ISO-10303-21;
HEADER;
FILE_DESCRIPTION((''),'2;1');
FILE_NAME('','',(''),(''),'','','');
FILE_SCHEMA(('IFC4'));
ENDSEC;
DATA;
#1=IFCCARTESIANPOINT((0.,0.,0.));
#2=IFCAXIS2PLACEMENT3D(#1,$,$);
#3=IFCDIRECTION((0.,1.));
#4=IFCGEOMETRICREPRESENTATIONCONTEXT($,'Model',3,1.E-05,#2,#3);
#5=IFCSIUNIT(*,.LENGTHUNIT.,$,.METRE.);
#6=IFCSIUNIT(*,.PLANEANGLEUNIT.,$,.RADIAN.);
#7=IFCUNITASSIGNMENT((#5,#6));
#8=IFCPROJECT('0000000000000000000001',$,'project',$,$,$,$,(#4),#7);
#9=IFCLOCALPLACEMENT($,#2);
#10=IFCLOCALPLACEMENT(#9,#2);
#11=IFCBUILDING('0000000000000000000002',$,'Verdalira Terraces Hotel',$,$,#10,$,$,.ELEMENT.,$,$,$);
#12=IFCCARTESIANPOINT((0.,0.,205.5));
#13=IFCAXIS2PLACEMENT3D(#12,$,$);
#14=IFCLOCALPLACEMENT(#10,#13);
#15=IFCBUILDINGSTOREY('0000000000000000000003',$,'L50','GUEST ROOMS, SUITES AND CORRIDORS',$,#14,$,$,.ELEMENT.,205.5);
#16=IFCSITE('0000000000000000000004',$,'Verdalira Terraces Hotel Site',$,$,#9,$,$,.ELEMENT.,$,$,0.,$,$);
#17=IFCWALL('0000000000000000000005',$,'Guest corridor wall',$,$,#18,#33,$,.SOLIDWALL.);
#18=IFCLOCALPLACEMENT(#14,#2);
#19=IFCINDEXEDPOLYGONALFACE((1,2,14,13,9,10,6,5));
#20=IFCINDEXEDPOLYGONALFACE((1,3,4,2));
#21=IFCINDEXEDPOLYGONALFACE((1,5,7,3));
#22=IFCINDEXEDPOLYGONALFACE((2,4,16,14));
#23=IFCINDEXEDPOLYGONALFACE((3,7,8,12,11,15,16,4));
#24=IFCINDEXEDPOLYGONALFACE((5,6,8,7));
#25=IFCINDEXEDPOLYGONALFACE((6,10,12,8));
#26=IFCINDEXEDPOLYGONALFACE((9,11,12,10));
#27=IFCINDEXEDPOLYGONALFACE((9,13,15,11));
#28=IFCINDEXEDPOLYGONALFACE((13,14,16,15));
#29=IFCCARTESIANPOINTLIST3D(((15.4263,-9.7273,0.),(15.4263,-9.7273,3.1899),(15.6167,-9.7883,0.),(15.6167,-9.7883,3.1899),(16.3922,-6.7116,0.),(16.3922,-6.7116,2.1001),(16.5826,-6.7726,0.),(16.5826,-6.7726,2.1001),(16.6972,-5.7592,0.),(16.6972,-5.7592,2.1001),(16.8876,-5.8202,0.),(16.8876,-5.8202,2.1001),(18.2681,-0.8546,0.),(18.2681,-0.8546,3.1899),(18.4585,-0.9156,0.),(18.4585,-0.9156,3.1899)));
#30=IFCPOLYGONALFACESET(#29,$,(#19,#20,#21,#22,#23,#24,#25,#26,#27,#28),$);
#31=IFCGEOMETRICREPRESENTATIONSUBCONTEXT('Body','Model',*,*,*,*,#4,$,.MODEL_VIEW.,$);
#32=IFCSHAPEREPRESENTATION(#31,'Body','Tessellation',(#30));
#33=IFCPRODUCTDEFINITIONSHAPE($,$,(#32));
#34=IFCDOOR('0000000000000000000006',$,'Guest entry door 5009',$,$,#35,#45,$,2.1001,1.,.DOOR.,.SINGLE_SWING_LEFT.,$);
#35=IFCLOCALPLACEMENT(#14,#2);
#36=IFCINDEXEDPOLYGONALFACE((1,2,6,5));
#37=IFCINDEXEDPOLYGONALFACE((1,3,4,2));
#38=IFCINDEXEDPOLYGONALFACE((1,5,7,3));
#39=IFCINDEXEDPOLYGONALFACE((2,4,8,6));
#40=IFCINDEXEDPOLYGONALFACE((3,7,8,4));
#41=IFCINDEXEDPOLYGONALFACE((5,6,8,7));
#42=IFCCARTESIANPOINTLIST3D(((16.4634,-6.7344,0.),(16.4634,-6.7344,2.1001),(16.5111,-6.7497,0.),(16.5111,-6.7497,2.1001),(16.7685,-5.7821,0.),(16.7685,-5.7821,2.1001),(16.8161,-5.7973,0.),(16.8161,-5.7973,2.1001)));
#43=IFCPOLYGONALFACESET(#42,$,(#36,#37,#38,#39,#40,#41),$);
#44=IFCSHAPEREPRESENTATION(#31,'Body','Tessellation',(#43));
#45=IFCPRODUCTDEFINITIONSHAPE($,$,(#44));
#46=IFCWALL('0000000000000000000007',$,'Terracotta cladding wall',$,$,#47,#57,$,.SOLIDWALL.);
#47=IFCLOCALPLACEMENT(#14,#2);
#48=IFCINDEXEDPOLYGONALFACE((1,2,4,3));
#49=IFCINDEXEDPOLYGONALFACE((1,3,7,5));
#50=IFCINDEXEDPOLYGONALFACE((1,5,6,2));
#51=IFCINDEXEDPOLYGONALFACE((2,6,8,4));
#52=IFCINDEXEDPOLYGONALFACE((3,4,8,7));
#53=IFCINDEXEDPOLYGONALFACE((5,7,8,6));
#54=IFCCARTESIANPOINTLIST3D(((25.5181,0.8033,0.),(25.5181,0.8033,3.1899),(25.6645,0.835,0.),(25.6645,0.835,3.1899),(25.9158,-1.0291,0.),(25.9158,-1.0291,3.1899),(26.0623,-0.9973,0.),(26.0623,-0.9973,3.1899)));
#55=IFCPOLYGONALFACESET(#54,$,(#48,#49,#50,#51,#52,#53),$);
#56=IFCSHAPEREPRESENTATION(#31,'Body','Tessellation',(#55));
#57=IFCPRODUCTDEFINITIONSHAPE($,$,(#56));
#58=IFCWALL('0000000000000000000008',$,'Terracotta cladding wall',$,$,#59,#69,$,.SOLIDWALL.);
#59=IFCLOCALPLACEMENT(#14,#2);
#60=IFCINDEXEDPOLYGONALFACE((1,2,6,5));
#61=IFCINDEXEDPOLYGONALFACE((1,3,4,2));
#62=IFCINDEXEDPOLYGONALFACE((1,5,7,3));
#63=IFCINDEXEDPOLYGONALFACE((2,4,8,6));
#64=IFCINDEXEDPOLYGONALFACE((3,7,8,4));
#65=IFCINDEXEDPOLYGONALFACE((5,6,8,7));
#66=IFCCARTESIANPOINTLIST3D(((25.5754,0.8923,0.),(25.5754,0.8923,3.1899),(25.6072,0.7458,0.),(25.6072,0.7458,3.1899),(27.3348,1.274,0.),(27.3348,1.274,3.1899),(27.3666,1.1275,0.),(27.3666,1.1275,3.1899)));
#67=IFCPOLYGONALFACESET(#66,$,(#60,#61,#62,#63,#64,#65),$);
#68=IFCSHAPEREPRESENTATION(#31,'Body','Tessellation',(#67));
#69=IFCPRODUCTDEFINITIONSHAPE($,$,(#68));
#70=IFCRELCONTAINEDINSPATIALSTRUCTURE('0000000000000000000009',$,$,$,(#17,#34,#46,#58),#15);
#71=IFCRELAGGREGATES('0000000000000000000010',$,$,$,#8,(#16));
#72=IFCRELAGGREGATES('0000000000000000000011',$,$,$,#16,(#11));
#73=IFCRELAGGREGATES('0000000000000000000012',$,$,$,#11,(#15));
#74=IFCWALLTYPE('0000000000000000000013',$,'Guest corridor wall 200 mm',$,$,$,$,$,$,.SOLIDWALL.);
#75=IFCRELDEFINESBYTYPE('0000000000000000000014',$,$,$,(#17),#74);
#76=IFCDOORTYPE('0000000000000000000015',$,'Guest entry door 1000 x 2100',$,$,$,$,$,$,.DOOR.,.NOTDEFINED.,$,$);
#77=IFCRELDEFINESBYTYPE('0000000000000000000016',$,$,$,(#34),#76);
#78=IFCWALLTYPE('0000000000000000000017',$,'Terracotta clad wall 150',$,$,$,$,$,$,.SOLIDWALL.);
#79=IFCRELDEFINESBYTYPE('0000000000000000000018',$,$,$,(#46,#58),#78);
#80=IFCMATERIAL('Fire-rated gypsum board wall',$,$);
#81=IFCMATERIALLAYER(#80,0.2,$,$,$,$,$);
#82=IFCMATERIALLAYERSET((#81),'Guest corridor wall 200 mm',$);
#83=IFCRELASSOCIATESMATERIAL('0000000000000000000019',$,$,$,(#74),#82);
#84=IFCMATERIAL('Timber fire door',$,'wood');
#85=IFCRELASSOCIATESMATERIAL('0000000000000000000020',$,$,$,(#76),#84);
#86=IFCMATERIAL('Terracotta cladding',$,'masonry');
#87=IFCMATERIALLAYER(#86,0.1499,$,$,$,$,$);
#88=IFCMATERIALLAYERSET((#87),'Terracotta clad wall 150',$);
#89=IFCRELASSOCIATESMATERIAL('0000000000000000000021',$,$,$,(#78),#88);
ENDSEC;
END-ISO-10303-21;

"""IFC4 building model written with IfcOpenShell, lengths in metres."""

from ifc_helpers import new_model, si_unit, direction, frame, frame_2d, origin, place, context, subcontext, project, spatial, rectangle, extrude, material, layer, layer_set, type_object, element, fill, save


model = new_model("IFC4")

# Units and contexts
model_context = context("Model", 3, precision=1e-05, world=origin(), true_north=direction((0.0, 1.0)))
body_context = subcontext(model_context, "Body", "Model", "MODEL_VIEW")
ifc_project = project(units=[si_unit("LENGTHUNIT", "METRE"), si_unit("PLANEANGLEUNIT", "RADIAN")], contexts=[model_context])

# Site, building, storey
site_placement = place(None, origin())
site = spatial("IfcSite", under=ifc_project, at=site_placement, Name="Verdalira Terraces Hotel Site", CompositionType="ELEMENT", RefElevation=0.0)
building_placement = place(site_placement, origin())
building = spatial("IfcBuilding", under=site, at=building_placement, Name="Verdalira Terraces Hotel", CompositionType="ELEMENT")
storey_placement = place(building_placement, frame((0.0, 0.0, 205.5)))
storey = spatial("IfcBuildingStorey", under=building, at=storey_placement, Name="L50", Description="GUEST ROOMS, SUITES AND CORRIDORS", CompositionType="ELEMENT", Elevation=205.5)

# Wall, opening, door
ifc_material_1 = material(Name="Fire-rated gypsum board wall")
ifc_layer_1 = layer(ifc_material_1, 0.2)
ifc_layer_set_1 = layer_set([ifc_layer_1], Name="Guest corridor wall 200 mm")
wall_type_1 = type_object("IfcWallType", Name="Guest corridor wall 200 mm", PredefinedType="SOLIDWALL", material=ifc_layer_set_1)
ifc_material_2 = material(Name="Timber fire door", Category="wood")
door_type_1 = type_object("IfcDoorType", Name="Guest entry door 1000 x 2100", OperationType="NOTDEFINED", PredefinedType="DOOR", material=ifc_material_2)
wall_1_placement = place(storey_placement, frame((18.3633, -0.8853, 0.0), z_axis=(0.0, 0.0, 1.0), x_axis=(-0.305027, -0.952344, 0.0)))
wall_1 = element("IfcWall", 1, at=wall_1_placement, inside=storey, type_object=wall_type_1, Name="Guest corridor wall", PredefinedType="SOLIDWALL", context=body_context, shape_type="SweptSolid", body=[
    extrude(rectangle(XDim=9.3166, YDim=0.2, at=frame_2d((4.6582, 0.0))), origin(), (0.0, 0.0, 1.0), 3.1899),
])
opening_1_placement = place(wall_1_placement, frame((5.1499, 0.0, 0.0)))
opening_1 = element("IfcOpeningElement", 2, at=opening_1_placement, cuts=wall_1, PredefinedType="OPENING", context=body_context, shape_type="SweptSolid", body=[
    extrude(rectangle(XDim=1.0, YDim=2.1001, at=frame_2d((0.5, 1.05))), frame((0.0, 0.1099, 0.0), z_axis=(0.0, -1.0, 0.0), x_axis=(1.0, 0.0, 0.0)), (0.0, 0.0, 1.0), 0.22),
])
door_1_placement = place(opening_1_placement, origin())
door_1 = element("IfcDoor", 3, at=door_1_placement, inside=storey, type_object=door_type_1, Name="Guest entry door 5009", OperationType="SINGLE_SWING_LEFT", OverallHeight=2.1001, OverallWidth=1.0, PredefinedType="DOOR", context=body_context, shape_type="SweptSolid", body=[
    extrude(rectangle(XDim=1.0, YDim=2.1001, at=frame_2d((0.5, 1.05))), frame((0.0, 0.0249, 0.0), z_axis=(0.0, -1.0, 0.0), x_axis=(1.0, 0.0, 0.0)), (0.0, 0.0, 1.0), 0.05),
])
fill(opening_1, door_1)

# Walls
ifc_material_3 = material(Name="Terracotta cladding", Category="masonry")
ifc_layer_2 = layer(ifc_material_3, 0.1499)
ifc_layer_set_2 = layer_set([ifc_layer_2], Name="Terracotta clad wall 150")
wall_type_2 = type_object("IfcWallType", Name="Terracotta clad wall 150", PredefinedType="SOLIDWALL", material=ifc_layer_set_2)
wall_2_placement = place(storey_placement, frame((25.989, -1.0132, 0.0), z_axis=(0.0, 0.0, 1.0), x_axis=(-0.212116, 0.977244, 0.0)))
element("IfcWall", 4, at=wall_2_placement, inside=storey, type_object=wall_type_2, Name="Terracotta cladding wall", PredefinedType="SOLIDWALL", context=body_context, shape_type="SweptSolid", body=[
    extrude(rectangle(XDim=1.875, YDim=0.1499, at=frame_2d((0.9375, 0.0))), origin(), (0.0, 0.0, 1.0), 3.1899),
])
wall_3_placement = place(storey_placement, frame((25.5913, 0.8191, 0.0), z_axis=(0.0, 0.0, 1.0), x_axis=(0.977275, 0.211974, 0.0)))
element("IfcWall", 5, at=wall_3_placement, inside=storey, type_object=wall_type_2, Name="Terracotta cladding wall", PredefinedType="SOLIDWALL", context=body_context, shape_type="SweptSolid", body=[
    extrude(rectangle(XDim=1.8003, YDim=0.1499, at=frame_2d((0.9001, 0.0))), origin(), (0.0, 0.0, 1.0), 3.1899),
])

save(model, "model.ifc")
